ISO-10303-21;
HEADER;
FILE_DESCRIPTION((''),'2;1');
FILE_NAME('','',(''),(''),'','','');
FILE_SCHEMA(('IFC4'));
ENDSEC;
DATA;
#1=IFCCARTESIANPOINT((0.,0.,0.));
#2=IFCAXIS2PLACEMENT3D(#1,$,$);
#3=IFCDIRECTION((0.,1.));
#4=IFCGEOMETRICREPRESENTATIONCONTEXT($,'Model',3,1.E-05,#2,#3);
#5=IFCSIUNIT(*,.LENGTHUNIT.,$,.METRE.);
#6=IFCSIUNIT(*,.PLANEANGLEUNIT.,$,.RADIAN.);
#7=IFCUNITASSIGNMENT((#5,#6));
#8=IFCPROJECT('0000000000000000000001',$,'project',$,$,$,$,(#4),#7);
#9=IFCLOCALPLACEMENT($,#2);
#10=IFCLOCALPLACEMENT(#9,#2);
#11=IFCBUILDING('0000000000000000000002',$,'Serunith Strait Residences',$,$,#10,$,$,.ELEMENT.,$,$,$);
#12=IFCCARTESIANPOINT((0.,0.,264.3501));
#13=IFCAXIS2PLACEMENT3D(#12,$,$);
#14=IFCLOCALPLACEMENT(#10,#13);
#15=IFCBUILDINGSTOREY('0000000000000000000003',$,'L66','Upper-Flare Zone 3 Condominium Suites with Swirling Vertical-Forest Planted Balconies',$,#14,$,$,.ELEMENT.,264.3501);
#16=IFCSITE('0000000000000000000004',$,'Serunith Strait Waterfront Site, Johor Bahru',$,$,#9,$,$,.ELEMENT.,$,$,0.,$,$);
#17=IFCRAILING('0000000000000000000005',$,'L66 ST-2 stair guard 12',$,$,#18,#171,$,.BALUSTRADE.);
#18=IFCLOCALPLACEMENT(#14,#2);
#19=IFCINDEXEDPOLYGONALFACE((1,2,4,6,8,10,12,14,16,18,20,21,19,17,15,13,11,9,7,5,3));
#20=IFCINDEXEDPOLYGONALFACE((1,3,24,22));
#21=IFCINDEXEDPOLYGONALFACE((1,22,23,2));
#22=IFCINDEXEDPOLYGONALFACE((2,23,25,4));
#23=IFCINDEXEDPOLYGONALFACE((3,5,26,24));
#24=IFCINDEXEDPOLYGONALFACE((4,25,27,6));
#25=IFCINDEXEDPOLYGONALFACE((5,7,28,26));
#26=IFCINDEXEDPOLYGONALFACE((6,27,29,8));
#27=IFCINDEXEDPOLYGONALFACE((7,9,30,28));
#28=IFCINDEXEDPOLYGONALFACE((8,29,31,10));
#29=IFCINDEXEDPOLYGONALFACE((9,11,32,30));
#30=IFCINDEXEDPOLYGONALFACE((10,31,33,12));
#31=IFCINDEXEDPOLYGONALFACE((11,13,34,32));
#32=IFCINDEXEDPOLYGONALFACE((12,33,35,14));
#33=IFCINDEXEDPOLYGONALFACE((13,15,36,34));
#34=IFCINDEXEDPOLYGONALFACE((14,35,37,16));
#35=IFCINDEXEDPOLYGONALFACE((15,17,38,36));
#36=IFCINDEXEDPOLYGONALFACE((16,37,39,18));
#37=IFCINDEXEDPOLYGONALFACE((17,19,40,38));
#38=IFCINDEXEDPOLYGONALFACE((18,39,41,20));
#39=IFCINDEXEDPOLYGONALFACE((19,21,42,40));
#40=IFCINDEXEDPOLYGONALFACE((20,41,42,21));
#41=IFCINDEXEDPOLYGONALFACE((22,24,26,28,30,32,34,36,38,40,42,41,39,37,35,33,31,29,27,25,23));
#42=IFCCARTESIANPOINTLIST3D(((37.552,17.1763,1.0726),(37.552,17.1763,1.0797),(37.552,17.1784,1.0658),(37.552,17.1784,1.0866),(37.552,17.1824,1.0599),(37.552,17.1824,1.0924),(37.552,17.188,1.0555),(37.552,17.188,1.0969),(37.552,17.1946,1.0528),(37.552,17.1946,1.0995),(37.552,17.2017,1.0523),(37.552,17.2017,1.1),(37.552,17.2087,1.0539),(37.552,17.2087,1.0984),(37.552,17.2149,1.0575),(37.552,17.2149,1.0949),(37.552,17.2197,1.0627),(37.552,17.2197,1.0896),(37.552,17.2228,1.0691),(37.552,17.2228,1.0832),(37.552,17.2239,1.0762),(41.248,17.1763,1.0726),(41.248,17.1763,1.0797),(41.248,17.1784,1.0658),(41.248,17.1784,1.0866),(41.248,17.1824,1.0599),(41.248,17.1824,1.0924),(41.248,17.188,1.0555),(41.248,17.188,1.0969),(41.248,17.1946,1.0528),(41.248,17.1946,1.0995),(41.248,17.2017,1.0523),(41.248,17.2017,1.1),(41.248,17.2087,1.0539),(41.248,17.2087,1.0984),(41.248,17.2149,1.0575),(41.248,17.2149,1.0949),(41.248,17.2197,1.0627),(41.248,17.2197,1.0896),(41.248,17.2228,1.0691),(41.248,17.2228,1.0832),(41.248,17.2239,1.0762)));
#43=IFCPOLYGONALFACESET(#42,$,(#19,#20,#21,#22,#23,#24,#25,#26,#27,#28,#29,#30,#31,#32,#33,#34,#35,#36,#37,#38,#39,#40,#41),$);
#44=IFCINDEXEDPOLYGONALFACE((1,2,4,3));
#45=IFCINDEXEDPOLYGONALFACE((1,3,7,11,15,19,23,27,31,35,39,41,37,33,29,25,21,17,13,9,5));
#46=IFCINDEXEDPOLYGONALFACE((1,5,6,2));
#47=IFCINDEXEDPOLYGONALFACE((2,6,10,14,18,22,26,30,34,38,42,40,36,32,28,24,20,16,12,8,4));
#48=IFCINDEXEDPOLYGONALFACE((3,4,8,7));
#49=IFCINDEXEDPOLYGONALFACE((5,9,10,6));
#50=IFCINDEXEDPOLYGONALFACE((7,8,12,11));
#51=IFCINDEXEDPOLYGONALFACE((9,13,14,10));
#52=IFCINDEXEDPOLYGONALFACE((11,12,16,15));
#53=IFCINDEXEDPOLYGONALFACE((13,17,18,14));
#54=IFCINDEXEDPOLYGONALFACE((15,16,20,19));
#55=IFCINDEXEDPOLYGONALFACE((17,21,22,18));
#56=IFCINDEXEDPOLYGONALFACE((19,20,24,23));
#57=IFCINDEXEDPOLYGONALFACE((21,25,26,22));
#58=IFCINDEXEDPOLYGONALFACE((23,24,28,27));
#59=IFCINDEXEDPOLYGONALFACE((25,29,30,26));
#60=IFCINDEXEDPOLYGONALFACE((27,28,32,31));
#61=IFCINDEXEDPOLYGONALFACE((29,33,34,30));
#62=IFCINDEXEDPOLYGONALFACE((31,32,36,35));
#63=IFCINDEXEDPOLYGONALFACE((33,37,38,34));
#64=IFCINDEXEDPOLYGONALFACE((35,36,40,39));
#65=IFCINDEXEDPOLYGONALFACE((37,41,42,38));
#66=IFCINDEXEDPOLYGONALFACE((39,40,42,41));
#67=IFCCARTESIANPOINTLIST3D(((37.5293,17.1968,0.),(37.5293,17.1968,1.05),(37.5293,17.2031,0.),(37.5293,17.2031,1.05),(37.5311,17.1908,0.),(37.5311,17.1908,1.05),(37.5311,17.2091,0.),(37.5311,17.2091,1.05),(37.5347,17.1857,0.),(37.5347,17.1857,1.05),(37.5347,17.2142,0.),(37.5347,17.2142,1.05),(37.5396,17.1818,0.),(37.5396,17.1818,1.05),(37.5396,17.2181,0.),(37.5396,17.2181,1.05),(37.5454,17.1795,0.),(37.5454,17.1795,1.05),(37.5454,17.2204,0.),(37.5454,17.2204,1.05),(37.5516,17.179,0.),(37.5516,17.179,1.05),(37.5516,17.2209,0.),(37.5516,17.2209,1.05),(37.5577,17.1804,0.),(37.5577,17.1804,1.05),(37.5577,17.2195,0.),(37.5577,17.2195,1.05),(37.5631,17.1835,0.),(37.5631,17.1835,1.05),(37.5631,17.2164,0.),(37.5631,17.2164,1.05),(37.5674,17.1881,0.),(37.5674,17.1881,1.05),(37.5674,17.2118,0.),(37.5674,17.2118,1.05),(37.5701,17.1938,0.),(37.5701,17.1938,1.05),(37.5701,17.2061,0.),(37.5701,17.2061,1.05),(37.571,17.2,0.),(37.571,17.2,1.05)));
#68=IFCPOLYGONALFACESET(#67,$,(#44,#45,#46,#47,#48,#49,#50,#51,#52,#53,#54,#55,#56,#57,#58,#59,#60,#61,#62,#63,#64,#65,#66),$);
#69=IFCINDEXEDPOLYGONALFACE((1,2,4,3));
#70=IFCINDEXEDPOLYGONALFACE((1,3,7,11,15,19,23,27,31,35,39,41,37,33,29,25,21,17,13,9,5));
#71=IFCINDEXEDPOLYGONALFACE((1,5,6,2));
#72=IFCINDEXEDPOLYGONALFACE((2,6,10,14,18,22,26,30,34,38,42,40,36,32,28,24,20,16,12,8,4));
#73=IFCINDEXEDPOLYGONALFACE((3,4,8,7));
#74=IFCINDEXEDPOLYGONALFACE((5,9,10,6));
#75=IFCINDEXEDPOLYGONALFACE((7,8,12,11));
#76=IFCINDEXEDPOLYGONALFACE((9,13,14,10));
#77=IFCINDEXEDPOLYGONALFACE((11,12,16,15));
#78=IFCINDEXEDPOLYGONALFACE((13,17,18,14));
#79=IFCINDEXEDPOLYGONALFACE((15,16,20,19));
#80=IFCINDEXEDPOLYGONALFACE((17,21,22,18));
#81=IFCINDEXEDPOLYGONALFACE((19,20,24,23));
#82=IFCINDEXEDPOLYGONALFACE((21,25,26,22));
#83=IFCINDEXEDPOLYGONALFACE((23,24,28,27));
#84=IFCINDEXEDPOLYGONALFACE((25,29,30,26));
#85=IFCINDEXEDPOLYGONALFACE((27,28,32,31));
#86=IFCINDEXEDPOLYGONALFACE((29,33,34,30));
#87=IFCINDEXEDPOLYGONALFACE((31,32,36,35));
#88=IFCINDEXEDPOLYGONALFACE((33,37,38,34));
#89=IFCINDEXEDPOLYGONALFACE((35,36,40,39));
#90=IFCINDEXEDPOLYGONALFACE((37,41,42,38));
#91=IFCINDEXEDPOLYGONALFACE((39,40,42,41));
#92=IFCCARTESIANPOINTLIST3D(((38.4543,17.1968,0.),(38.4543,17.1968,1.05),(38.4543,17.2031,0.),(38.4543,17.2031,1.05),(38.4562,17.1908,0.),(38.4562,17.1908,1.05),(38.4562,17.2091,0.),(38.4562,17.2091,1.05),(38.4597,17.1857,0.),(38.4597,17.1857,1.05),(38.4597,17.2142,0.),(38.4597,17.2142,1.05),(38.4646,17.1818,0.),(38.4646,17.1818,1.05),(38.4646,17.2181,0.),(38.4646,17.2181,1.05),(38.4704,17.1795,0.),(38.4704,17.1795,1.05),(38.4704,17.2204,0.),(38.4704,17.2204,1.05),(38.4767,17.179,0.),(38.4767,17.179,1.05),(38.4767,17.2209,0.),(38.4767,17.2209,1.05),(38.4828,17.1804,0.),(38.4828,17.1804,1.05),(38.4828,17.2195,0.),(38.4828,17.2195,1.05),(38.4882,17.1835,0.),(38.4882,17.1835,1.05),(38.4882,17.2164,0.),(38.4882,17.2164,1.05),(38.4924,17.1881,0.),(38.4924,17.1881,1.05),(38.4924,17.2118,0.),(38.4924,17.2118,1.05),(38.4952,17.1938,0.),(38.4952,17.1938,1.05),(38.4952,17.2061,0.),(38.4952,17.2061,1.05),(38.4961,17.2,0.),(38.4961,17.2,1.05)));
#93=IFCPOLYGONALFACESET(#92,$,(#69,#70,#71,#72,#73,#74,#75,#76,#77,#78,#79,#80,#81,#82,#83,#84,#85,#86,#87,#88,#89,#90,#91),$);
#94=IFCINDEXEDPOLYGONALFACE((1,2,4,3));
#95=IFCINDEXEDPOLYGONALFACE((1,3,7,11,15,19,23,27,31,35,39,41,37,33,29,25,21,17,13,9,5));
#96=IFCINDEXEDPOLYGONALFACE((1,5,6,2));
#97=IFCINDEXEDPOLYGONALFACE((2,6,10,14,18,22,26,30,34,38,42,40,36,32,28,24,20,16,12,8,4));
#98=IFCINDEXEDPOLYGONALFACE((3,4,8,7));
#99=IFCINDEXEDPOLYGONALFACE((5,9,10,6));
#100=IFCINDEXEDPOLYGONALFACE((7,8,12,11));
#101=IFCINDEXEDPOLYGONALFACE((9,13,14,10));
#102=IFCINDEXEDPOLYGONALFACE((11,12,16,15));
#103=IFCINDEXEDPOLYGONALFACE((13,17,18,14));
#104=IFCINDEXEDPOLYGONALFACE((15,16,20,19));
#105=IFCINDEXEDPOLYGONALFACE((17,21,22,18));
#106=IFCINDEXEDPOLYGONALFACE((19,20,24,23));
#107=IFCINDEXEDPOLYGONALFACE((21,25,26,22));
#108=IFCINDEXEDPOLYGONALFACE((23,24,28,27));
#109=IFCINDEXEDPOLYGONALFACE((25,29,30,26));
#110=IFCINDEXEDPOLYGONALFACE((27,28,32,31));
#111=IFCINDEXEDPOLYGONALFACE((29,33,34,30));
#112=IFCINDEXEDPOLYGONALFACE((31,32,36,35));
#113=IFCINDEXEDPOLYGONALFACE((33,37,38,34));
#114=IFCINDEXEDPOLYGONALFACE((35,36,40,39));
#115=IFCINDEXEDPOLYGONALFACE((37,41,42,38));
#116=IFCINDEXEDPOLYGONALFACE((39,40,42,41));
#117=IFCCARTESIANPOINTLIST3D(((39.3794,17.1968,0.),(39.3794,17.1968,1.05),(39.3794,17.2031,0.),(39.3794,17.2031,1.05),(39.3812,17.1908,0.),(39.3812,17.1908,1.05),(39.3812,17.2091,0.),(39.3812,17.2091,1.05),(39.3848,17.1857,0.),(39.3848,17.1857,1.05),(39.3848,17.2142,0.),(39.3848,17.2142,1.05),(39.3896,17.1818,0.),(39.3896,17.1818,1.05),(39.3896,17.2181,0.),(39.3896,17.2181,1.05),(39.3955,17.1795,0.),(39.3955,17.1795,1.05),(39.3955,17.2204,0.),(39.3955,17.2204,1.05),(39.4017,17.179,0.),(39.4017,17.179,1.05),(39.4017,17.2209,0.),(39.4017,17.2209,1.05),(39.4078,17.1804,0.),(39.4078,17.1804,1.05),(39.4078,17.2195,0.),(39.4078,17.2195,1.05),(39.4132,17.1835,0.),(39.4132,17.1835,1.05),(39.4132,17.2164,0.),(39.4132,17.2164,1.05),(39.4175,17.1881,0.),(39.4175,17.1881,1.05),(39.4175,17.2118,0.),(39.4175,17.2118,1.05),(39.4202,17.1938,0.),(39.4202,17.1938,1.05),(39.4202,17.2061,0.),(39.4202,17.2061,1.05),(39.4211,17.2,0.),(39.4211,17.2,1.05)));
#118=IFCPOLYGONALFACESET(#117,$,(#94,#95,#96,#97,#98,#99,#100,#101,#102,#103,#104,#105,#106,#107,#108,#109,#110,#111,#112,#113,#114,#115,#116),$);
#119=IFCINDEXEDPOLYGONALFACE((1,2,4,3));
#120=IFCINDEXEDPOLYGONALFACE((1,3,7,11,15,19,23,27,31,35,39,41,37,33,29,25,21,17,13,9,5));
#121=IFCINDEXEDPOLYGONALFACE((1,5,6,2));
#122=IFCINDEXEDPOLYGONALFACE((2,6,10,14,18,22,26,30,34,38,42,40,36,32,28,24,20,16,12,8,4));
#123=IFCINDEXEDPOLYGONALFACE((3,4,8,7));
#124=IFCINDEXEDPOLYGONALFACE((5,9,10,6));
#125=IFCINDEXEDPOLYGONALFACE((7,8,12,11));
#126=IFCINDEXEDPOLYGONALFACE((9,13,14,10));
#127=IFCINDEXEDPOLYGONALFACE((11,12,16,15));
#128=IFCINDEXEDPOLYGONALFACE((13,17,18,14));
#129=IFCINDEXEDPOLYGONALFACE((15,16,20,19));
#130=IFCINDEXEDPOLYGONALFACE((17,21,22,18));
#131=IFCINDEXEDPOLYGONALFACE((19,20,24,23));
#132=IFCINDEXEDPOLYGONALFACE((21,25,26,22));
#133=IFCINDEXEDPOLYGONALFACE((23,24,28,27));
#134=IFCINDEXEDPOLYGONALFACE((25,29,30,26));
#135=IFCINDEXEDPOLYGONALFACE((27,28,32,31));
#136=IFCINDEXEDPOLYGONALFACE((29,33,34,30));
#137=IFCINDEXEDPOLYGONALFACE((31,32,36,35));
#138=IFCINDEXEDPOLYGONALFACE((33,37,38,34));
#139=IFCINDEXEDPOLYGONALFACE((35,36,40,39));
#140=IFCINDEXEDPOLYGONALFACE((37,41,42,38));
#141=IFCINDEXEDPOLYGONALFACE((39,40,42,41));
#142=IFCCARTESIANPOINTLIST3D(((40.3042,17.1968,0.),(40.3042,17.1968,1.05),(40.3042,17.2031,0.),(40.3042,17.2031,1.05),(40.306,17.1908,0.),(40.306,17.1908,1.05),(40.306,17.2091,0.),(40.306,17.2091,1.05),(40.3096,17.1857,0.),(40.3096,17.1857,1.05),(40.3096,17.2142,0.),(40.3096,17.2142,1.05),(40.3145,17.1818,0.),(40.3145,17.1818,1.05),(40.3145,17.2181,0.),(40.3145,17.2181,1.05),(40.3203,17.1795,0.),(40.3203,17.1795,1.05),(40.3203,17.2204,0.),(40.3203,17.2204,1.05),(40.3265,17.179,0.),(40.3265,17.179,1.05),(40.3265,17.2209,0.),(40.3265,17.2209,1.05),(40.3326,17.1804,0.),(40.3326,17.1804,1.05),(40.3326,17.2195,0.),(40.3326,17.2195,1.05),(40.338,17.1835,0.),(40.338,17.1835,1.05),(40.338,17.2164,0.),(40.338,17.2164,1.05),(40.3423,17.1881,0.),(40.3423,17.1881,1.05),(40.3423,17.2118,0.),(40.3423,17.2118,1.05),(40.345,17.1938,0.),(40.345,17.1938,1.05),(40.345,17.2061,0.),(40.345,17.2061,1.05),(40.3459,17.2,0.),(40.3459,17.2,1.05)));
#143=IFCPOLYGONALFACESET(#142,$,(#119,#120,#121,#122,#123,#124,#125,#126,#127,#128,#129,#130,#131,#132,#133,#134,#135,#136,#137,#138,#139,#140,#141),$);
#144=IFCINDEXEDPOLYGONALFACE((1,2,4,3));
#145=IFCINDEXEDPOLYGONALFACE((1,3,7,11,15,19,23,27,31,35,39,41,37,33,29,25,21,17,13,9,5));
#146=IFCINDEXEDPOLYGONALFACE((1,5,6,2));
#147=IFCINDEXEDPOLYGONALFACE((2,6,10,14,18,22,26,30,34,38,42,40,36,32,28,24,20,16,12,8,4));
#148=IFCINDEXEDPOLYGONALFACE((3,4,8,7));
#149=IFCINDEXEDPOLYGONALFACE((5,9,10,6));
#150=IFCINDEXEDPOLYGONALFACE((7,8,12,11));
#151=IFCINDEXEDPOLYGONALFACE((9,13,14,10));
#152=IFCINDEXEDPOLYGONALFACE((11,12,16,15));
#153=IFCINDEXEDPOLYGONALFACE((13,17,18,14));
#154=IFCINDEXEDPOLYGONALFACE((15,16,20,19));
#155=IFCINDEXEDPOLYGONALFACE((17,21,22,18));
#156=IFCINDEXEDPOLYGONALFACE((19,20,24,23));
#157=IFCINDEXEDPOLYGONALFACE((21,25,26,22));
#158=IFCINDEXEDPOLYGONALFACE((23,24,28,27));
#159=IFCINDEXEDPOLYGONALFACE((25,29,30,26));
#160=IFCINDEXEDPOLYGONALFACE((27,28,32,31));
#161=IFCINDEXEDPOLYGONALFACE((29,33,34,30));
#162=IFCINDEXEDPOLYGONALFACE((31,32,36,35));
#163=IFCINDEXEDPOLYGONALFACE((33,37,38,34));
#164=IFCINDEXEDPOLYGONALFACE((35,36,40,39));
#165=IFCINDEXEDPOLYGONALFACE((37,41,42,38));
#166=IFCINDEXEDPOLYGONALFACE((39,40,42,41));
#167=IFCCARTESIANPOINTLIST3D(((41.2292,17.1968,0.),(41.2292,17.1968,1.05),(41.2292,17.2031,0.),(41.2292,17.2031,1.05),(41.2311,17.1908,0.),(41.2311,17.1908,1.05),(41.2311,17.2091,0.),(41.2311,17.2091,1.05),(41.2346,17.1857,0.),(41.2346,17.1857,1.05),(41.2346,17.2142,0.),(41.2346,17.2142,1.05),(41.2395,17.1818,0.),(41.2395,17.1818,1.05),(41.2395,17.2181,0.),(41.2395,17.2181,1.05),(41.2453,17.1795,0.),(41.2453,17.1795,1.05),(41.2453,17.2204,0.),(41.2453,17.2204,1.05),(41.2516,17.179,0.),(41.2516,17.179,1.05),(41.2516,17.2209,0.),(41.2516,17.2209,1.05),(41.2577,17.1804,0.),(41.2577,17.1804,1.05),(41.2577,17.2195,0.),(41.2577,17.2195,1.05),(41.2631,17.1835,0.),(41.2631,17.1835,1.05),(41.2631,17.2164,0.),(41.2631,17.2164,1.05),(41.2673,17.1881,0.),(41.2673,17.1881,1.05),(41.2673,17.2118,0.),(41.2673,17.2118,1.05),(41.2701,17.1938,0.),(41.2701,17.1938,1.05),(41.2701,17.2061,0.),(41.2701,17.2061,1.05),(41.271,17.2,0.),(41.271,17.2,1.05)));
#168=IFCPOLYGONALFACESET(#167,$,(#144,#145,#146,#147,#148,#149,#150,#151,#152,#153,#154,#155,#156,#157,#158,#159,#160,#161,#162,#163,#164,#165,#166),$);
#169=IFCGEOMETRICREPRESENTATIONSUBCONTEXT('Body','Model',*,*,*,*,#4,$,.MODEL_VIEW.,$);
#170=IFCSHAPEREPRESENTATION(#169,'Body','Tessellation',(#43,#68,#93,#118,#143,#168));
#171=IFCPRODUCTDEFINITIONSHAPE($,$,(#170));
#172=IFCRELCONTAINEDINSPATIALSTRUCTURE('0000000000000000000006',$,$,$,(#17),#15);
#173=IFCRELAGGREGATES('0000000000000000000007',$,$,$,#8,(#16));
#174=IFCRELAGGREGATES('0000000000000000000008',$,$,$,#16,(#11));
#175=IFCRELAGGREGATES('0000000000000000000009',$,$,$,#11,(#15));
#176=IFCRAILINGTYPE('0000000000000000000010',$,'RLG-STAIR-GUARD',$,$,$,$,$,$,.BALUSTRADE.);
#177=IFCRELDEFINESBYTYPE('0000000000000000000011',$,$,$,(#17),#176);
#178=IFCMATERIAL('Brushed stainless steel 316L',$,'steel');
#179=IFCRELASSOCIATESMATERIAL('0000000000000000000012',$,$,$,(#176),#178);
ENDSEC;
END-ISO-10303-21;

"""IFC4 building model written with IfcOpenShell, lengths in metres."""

from ifc_helpers import new_model, si_unit, direction, frame, origin, origin_2d, place, context, subcontext, project, spatial, circle, extrude, material, type_object, element, save


model = new_model("IFC4")

# Units and contexts
model_context = context("Model", 3, precision=1e-05, world=origin(), true_north=direction((0.0, 1.0)))
body_context = subcontext(model_context, "Body", "Model", "MODEL_VIEW")
ifc_project = project(units=[si_unit("LENGTHUNIT", "METRE"), si_unit("PLANEANGLEUNIT", "RADIAN")], contexts=[model_context])

# Site, building, storey
site_placement = place(None, origin())
site = spatial("IfcSite", under=ifc_project, at=site_placement, Name="Serunith Strait Waterfront Site, Johor Bahru", CompositionType="ELEMENT", RefElevation=0.0)
building_placement = place(site_placement, origin())
building = spatial("IfcBuilding", under=site, at=building_placement, Name="Serunith Strait Residences", CompositionType="ELEMENT")
storey_placement = place(building_placement, frame((0.0, 0.0, 264.3501)))
storey = spatial("IfcBuildingStorey", under=building, at=storey_placement, Name="L66", Description="Upper-Flare Zone 3 Condominium Suites with Swirling Vertical-Forest Planted Balconies", CompositionType="ELEMENT", Elevation=264.3501)

# Railing
ifc_material_1 = material(Name="Brushed stainless steel 316L", Category="steel")
railing_type_1 = type_object("IfcRailingType", Name="RLG-STAIR-GUARD", PredefinedType="BALUSTRADE", material=ifc_material_1)
railing_1_placement = place(storey_placement, frame((37.55, 17.2, 0.0)))
element("IfcRailing", 1, at=railing_1_placement, inside=storey, type_object=railing_type_1, Name="L66 ST-2 stair guard 12", PredefinedType="BALUSTRADE", context=body_context, shape_type="SweptSolid", body=[
    extrude(circle(Radius=0.0239, at=origin_2d()), frame((0.002, 0.0, 1.0762), z_axis=(1.0, 0.0, 0.0), x_axis=(0.0, 1.0, 0.0)), (0.0, 0.0, 1.0), 3.696),
    extrude(circle(Radius=0.021, at=origin_2d()), origin(), (0.0, 0.0, 1.0), 1.05),
    extrude(circle(Radius=0.021, at=origin_2d()), frame((0.925, 0.0, 0.0)), (0.0, 0.0, 1.0), 1.05),
    extrude(circle(Radius=0.021, at=origin_2d()), frame((1.8501, 0.0, 0.0)), (0.0, 0.0, 1.0), 1.05),
    extrude(circle(Radius=0.021, at=origin_2d()), frame((2.7749, 0.0, 0.0)), (0.0, 0.0, 1.0), 1.05),
    extrude(circle(Radius=0.021, at=origin_2d()), frame((3.7, 0.0, 0.0)), (0.0, 0.0, 1.0), 1.05),
])

save(model, "model.ifc")
